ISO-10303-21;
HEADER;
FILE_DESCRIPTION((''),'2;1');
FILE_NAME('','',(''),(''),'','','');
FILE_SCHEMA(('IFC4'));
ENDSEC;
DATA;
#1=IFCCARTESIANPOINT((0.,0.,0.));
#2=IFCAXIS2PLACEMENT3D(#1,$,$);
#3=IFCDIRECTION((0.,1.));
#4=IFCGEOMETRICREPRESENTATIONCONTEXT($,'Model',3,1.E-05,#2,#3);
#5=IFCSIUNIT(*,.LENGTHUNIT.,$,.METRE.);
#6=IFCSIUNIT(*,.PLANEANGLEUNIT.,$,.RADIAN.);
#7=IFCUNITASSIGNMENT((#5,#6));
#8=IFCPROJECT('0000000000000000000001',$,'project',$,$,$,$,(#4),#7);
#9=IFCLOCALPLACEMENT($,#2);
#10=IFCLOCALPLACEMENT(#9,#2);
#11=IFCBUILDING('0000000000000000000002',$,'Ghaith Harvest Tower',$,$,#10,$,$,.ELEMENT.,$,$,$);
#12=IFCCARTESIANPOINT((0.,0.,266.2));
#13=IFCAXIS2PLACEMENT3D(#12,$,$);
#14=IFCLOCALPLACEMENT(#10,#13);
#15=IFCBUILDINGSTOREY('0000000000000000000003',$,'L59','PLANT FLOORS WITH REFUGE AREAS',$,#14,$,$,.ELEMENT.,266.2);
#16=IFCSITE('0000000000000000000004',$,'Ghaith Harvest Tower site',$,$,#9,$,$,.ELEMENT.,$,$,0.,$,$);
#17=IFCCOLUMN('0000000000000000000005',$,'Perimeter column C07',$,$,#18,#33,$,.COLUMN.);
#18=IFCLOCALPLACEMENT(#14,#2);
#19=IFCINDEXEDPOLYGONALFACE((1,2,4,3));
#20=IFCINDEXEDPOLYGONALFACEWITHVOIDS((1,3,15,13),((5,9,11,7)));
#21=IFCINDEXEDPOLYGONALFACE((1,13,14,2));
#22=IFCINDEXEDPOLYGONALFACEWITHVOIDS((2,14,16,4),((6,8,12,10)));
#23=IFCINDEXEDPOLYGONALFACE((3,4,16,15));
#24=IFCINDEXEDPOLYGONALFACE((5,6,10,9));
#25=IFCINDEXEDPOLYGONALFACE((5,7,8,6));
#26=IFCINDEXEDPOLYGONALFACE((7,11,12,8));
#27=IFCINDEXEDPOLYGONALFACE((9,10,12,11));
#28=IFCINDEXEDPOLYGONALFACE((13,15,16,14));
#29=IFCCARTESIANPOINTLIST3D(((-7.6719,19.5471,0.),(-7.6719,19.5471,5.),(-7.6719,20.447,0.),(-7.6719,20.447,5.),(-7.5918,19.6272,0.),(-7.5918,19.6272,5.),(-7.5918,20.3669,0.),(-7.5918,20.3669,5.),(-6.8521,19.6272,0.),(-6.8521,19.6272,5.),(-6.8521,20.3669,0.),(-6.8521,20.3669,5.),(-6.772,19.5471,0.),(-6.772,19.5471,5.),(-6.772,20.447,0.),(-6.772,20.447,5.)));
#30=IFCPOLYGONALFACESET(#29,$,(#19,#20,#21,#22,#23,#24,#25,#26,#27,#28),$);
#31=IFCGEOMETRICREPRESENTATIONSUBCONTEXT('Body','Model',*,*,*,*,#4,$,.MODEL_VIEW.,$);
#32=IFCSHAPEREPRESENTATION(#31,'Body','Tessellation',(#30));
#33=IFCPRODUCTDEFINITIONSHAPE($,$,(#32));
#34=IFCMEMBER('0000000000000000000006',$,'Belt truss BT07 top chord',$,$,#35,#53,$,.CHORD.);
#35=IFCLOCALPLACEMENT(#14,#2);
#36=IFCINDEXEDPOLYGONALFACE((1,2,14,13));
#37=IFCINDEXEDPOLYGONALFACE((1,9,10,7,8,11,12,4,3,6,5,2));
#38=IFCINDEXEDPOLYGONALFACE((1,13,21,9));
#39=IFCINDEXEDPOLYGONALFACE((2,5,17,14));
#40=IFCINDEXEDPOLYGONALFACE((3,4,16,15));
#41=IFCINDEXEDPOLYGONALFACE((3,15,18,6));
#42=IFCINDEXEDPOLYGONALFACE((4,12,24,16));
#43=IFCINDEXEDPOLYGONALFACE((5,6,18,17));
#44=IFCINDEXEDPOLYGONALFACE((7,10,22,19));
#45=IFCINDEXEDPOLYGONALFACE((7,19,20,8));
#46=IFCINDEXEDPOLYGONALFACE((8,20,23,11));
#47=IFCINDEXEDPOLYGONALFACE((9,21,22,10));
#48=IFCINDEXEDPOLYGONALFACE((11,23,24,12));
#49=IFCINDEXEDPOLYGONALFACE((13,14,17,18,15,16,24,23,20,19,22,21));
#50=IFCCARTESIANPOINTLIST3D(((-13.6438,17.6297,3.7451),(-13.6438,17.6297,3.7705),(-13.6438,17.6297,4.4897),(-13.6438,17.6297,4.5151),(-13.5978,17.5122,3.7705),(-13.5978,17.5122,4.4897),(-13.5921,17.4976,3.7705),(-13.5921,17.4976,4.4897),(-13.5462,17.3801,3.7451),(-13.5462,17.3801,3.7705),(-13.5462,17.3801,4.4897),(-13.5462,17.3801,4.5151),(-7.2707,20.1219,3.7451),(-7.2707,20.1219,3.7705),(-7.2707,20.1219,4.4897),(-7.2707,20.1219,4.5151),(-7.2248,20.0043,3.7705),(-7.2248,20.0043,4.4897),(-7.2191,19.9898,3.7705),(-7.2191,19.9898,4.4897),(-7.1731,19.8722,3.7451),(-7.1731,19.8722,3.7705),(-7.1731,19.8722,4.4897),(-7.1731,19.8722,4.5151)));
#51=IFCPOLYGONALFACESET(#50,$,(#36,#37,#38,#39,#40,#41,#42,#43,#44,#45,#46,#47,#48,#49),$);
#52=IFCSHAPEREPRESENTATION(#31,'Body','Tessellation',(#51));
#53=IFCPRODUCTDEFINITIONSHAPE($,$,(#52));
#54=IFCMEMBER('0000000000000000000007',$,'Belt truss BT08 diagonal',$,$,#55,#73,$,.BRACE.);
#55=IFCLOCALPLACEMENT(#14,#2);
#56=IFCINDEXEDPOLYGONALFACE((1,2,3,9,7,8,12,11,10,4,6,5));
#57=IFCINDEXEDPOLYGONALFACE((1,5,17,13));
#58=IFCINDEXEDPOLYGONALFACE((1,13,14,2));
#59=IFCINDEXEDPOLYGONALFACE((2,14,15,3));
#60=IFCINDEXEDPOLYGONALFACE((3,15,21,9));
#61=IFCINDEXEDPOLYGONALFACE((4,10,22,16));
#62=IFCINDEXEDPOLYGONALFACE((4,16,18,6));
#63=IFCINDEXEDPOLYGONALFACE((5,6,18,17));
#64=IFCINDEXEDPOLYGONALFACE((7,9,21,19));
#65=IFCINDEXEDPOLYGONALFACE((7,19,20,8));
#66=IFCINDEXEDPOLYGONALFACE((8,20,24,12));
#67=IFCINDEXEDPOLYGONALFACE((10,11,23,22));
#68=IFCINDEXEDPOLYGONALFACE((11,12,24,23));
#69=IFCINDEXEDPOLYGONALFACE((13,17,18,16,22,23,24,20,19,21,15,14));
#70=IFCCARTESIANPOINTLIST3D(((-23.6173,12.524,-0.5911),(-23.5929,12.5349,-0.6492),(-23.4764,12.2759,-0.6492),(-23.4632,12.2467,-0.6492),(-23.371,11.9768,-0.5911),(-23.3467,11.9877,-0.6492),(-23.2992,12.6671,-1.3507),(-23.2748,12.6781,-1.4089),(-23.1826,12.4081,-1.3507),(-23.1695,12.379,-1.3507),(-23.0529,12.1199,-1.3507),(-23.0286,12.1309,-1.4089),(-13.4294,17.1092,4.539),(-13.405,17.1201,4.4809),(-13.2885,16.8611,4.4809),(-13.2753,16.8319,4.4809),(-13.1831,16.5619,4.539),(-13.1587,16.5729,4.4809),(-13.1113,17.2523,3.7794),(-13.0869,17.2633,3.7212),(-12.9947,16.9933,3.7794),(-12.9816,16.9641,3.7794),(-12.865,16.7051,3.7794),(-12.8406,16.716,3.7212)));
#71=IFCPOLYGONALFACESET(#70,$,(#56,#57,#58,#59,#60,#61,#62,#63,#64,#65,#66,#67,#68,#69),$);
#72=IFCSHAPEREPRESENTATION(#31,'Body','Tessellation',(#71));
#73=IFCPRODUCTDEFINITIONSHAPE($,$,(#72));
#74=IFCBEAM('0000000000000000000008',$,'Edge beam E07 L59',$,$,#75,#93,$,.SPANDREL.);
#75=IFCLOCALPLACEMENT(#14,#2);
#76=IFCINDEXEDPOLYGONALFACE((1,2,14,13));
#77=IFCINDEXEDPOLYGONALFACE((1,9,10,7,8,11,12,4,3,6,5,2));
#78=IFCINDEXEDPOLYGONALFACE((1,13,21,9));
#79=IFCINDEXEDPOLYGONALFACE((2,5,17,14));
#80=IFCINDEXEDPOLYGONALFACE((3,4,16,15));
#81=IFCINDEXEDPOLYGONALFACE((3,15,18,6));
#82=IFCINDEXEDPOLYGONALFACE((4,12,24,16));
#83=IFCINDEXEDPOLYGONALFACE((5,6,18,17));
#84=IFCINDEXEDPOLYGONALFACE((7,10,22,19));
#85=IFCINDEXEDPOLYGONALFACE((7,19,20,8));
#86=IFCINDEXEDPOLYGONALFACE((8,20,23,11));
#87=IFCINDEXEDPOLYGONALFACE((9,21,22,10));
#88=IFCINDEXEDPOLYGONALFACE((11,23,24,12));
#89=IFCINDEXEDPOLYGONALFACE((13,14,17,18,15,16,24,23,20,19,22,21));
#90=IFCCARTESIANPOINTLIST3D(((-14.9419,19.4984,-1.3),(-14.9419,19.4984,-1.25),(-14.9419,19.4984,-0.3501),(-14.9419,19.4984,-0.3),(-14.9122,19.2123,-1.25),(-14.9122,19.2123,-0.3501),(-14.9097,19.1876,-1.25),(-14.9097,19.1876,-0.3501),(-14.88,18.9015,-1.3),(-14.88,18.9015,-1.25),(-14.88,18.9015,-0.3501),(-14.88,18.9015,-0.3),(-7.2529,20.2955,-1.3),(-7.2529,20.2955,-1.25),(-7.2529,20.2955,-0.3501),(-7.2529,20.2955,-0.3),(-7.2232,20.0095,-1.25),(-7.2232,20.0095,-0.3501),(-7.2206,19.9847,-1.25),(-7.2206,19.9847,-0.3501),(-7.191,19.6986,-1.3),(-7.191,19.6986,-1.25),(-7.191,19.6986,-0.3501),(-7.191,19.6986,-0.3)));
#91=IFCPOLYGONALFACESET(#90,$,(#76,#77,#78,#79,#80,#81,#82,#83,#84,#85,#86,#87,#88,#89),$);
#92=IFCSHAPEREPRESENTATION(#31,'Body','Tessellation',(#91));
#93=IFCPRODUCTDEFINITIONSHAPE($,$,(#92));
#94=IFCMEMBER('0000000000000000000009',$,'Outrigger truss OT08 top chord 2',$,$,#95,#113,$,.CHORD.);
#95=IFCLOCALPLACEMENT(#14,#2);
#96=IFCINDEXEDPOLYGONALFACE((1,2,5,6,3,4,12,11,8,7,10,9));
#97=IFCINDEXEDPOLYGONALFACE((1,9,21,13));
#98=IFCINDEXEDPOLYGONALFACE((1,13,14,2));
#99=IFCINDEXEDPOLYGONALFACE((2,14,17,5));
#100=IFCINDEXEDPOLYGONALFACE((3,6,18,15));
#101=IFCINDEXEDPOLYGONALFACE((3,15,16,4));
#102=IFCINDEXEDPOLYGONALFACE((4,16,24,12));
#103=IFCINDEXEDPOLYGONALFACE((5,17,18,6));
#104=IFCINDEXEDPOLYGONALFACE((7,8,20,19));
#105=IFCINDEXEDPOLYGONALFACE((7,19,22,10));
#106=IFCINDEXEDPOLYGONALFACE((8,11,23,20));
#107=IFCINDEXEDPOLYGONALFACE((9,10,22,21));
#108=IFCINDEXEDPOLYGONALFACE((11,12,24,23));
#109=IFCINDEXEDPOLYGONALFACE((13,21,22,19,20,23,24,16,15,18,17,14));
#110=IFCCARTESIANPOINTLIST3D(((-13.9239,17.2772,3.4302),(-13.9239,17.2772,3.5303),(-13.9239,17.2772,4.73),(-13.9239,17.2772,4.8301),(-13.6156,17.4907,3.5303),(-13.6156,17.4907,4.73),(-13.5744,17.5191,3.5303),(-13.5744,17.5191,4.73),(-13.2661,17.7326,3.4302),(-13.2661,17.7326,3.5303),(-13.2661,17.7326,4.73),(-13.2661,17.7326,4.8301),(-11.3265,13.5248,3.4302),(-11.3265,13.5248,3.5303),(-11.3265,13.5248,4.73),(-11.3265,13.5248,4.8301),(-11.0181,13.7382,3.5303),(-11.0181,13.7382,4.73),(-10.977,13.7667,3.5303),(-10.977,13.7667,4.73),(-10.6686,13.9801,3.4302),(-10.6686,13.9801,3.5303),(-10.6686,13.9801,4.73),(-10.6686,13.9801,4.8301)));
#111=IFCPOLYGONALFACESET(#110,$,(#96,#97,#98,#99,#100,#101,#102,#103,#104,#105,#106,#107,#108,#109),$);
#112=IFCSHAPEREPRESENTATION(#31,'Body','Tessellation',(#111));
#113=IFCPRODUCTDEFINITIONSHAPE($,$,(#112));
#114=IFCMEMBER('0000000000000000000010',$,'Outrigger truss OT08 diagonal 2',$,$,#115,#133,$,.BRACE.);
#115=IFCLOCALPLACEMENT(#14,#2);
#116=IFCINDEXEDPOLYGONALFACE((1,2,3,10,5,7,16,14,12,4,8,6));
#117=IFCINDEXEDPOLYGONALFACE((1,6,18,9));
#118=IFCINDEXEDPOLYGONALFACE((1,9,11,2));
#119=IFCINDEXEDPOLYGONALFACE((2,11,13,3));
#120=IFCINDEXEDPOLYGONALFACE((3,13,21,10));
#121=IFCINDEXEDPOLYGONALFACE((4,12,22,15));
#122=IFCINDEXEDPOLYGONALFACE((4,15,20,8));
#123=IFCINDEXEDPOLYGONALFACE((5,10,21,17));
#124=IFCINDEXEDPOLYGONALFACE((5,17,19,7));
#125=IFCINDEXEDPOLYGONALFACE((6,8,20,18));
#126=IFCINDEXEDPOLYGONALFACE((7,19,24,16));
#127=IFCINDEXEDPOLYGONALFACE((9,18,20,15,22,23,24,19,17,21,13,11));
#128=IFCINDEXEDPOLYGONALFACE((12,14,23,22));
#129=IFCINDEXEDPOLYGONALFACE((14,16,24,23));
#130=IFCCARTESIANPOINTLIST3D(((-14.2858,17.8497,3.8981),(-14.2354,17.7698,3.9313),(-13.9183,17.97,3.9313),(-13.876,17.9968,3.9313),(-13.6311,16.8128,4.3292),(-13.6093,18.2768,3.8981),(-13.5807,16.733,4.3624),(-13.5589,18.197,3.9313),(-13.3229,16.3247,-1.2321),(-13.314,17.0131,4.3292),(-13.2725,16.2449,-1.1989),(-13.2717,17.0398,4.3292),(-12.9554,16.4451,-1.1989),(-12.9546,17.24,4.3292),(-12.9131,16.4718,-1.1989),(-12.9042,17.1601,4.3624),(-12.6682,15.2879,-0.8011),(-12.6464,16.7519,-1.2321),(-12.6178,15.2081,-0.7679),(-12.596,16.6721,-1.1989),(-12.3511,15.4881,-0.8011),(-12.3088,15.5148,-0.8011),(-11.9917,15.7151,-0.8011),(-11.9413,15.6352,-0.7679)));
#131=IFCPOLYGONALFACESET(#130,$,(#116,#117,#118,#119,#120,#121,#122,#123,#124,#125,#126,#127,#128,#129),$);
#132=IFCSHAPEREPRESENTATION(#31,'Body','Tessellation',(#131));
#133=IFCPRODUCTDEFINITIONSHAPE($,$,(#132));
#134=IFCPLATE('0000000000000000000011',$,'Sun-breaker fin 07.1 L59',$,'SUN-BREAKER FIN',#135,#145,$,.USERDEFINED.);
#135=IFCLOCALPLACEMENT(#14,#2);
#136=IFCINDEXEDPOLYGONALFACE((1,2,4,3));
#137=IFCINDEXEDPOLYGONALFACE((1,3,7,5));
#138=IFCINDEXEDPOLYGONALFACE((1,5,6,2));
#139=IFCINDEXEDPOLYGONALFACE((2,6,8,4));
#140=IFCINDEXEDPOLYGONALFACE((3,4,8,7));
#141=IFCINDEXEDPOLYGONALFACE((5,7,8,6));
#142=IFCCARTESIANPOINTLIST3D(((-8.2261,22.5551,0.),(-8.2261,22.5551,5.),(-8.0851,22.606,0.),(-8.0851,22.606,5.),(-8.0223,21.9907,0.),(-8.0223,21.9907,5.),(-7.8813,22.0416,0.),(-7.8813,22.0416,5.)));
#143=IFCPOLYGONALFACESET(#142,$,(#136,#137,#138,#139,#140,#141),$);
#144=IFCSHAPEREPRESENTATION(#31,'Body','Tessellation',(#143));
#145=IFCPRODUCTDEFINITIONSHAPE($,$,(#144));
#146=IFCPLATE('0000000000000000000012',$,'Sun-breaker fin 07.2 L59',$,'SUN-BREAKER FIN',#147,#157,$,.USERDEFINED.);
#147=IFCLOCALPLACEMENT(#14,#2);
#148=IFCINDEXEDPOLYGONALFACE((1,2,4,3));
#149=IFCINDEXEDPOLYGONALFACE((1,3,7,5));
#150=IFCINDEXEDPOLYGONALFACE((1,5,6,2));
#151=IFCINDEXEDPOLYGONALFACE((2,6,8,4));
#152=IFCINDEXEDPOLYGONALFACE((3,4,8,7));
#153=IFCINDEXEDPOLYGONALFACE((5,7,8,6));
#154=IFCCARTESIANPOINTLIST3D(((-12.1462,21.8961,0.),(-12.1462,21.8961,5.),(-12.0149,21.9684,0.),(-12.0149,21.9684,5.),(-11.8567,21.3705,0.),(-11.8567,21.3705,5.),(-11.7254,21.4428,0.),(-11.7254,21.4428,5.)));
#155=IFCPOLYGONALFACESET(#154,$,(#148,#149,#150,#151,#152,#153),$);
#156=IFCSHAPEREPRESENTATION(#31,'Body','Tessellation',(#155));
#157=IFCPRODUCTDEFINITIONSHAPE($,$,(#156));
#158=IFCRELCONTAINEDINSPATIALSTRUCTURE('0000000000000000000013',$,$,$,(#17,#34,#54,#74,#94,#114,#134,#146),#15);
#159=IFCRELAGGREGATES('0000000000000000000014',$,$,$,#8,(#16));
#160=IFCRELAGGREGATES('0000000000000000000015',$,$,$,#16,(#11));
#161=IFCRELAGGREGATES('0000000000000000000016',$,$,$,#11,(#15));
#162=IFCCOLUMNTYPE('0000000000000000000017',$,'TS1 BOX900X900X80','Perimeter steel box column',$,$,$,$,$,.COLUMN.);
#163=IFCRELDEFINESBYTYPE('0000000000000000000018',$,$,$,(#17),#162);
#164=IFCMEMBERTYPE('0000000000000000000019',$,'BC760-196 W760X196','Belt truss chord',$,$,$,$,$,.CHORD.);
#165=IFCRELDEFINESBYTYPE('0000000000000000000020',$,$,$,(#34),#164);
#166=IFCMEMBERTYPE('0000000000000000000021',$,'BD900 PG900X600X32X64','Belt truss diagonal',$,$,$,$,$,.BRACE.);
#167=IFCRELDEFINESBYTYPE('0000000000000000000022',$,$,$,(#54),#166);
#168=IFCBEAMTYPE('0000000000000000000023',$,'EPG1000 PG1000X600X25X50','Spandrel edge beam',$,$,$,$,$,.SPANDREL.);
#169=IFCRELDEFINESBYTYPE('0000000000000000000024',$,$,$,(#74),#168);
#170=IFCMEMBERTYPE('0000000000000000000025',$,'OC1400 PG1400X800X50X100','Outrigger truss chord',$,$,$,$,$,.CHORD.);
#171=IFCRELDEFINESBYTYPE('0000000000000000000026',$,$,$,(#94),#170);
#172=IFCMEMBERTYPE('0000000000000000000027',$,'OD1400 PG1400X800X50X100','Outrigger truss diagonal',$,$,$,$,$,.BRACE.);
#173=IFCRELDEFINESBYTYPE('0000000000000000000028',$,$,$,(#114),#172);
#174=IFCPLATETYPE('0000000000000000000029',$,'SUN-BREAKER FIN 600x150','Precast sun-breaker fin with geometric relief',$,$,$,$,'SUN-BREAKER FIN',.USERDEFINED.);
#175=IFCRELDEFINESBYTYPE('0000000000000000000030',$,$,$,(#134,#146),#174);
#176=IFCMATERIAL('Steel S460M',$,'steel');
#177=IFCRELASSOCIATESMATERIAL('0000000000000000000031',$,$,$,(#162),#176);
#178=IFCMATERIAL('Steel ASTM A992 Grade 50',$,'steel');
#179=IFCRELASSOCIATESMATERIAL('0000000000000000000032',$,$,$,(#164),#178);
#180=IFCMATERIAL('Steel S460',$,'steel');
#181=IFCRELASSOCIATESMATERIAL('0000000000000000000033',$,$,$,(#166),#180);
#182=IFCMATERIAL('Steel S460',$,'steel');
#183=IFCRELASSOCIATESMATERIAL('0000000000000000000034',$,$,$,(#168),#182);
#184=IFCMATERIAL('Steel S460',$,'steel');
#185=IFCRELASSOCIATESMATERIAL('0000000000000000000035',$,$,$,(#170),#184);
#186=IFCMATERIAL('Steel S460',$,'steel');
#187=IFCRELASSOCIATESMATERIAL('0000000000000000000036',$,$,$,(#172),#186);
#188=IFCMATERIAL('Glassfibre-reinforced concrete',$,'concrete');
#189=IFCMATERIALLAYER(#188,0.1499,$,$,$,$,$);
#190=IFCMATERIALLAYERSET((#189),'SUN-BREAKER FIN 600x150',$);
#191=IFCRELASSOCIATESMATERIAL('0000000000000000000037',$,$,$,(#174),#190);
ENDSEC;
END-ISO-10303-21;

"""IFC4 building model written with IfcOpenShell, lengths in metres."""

from ifc_helpers import new_model, si_unit, direction, frame, origin, origin_2d, place, context, subcontext, project, spatial, rectangle, hollow_rectangle, i_section, extrude, material, layer, layer_set, material_profile, profile_set, type_object, element, save


model = new_model("IFC4")

# Units and contexts
model_context = context("Model", 3, precision=1e-05, world=origin(), true_north=direction((0.0, 1.0)))
body_context = subcontext(model_context, "Body", "Model", "MODEL_VIEW")
ifc_project = project(units=[si_unit("LENGTHUNIT", "METRE"), si_unit("PLANEANGLEUNIT", "RADIAN")], contexts=[model_context])

# Site, building, storey
site_placement = place(None, origin())
site = spatial("IfcSite", under=ifc_project, at=site_placement, Name="Ghaith Harvest Tower site", CompositionType="ELEMENT", RefElevation=0.0)
building_placement = place(site_placement, origin())
building = spatial("IfcBuilding", under=site, at=building_placement, Name="Ghaith Harvest Tower", CompositionType="ELEMENT")
storey_placement = place(building_placement, frame((0.0, 0.0, 266.2)))
storey = spatial("IfcBuildingStorey", under=building, at=storey_placement, Name="L59", Description="PLANT FLOORS WITH REFUGE AREAS", CompositionType="ELEMENT", Elevation=266.2)

# Column
ifc_material_1 = material(Name="Steel S460M", Category="steel")
ifc_material_profile_1 = material_profile(ifc_material_1, hollow_rectangle(XDim=0.8999, YDim=0.8999, WallThickness=0.0801, at=origin_2d()), Name="BOX900X900X80")
ifc_profile_set_1 = profile_set([ifc_material_profile_1], Name="Steel S460M")
column_type = type_object("IfcColumnType", Name="TS1 BOX900X900X80", Description="Perimeter steel box column", PredefinedType="COLUMN", material=ifc_profile_set_1)
column_placement = place(storey_placement, frame((-7.2219, 19.9971, 0.0), z_axis=(0.0, 0.0, 1.0), x_axis=(1.0, 0.0, 0.0)))
element("IfcColumn", 1, at=column_placement, inside=storey, type_object=column_type, Name="Perimeter column C07", PredefinedType="COLUMN", context=body_context, shape_type="SweptSolid", body=[
    extrude(hollow_rectangle(XDim=0.8999, YDim=0.8999, WallThickness=0.0801, at=origin_2d()), origin(), (0.0, 0.0, 1.0), 5.0),
])

# Members
ifc_material_2 = material(Name="Steel ASTM A992 Grade 50", Category="steel")
ifc_material_profile_2 = material_profile(ifc_material_2, i_section(OverallWidth=0.2681, OverallDepth=0.77, WebThickness=0.0156, FlangeThickness=0.0254, at=origin_2d()), Name="W760X196")
ifc_profile_set_2 = profile_set([ifc_material_profile_2], Name="Steel ASTM A992 Grade 50")
member_type_1 = type_object("IfcMemberType", Name="BC760-196 W760X196", Description="Belt truss chord", PredefinedType="CHORD", material=ifc_profile_set_2)
member_1_placement = place(storey_placement, frame((-7.2219, 19.9971, 4.1301), z_axis=(-0.931323, -0.364195, 0.0), x_axis=(0.364195, -0.931323, 0.0)))
element("IfcMember", 2, at=member_1_placement, inside=storey, type_object=member_type_1, Name="Belt truss BT07 top chord", PredefinedType="CHORD", context=body_context, shape_type="SweptSolid", body=[
    extrude(i_section(OverallWidth=0.2681, OverallDepth=0.77, WebThickness=0.0156, FlangeThickness=0.0254, at=origin_2d()), origin(), (0.0, 0.0, 1.0), 6.843),
])
ifc_material_3 = material(Name="Steel S460", Category="steel")
ifc_material_profile_3 = material_profile(ifc_material_3, i_section(OverallWidth=0.6001, OverallDepth=0.8999, WebThickness=0.032, FlangeThickness=0.064, at=origin_2d()), Name="PG900X600X32X64")
ifc_profile_set_3 = profile_set([ifc_material_profile_3], Name="Steel S460")
member_type_2 = type_object("IfcMemberType", Name="BD900 PG900X600X32X64", Description="Belt truss diagonal", PredefinedType="BRACE", material=ifc_profile_set_3)
member_2_placement = place(storey_placement, frame((-13.135, 16.9126, 4.1301), z_axis=(-0.82871, -0.372969, -0.417294), x_axis=(0.41041, -0.911901, 0.0)))
element("IfcMember", 3, at=member_2_placement, inside=storey, type_object=member_type_2, Name="Belt truss BT08 diagonal", PredefinedType="BRACE", context=body_context, shape_type="SweptSolid", body=[
    extrude(i_section(OverallWidth=0.6001, OverallDepth=0.8999, WebThickness=0.032, FlangeThickness=0.064, at=origin_2d()), origin(), (0.0, 0.0, 1.0), 12.2937),
])

# Beam
ifc_material_4 = material(Name="Steel S460", Category="steel")
ifc_material_profile_4 = material_profile(ifc_material_4, i_section(OverallWidth=0.6001, OverallDepth=1.0, WebThickness=0.0249, FlangeThickness=0.05, at=origin_2d()), Name="PG1000X600X25X50")
ifc_profile_set_4 = profile_set([ifc_material_profile_4], Name="Steel S460")
beam_type = type_object("IfcBeamType", Name="EPG1000 PG1000X600X25X50", Description="Spandrel edge beam", PredefinedType="SPANDREL", material=ifc_profile_set_4)
beam_placement = place(storey_placement, frame((-7.2219, 19.9971, -0.8), z_axis=(-0.994669, -0.103118, 0.0), x_axis=(0.103118, -0.994669, 0.0)))
element("IfcBeam", 4, at=beam_placement, inside=storey, type_object=beam_type, Name="Edge beam E07 L59", PredefinedType="SPANDREL", context=body_context, shape_type="SweptSolid", body=[
    extrude(i_section(OverallWidth=0.6001, OverallDepth=1.0, WebThickness=0.0249, FlangeThickness=0.05, at=origin_2d()), origin(), (0.0, 0.0, 1.0), 7.7302),
])

# Members
ifc_material_5 = material(Name="Steel S460", Category="steel")
ifc_material_profile_5 = material_profile(ifc_material_5, i_section(OverallWidth=0.8, OverallDepth=1.3999, WebThickness=0.05, FlangeThickness=0.1001, at=origin_2d()), Name="PG1400X800X50X100")
ifc_profile_set_5 = profile_set([ifc_material_profile_5], Name="Steel S460")
member_type_3 = type_object("IfcMemberType", Name="OC1400 PG1400X800X50X100", Description="Outrigger truss chord", PredefinedType="CHORD", material=ifc_profile_set_5)
member_3_placement = place(storey_placement, frame((-10.9976, 13.7524, 4.1301), z_axis=(-0.569146, 0.822236, 0.0), x_axis=(-0.822236, -0.569146, 0.0)))
element("IfcMember", 5, at=member_3_placement, inside=storey, type_object=member_type_3, Name="Outrigger truss OT08 top chord 2", PredefinedType="CHORD", context=body_context, shape_type="SweptSolid", body=[
    extrude(i_section(OverallWidth=0.8, OverallDepth=1.3999, WebThickness=0.05, FlangeThickness=0.1001, at=origin_2d()), origin(), (0.0, 0.0, 1.0), 4.5637),
])
ifc_material_6 = material(Name="Steel S460", Category="steel")
ifc_material_profile_6 = material_profile(ifc_material_6, i_section(OverallWidth=0.8, OverallDepth=1.3999, WebThickness=0.05, FlangeThickness=0.1001, at=origin_2d()), Name="PG1400X800X50X100")
ifc_profile_set_6 = profile_set([ifc_material_profile_6], Name="Steel S460")
member_type_4 = type_object("IfcMemberType", Name="OD1400 PG1400X800X50X100", Description="Outrigger truss diagonal", PredefinedType="BRACE", material=ifc_profile_set_6)
member_4_placement = place(storey_placement, frame((-12.6321, 15.98, -1.0), z_axis=(-0.177071, 0.280422, 0.943403), x_axis=(-0.84554, -0.533911, 0.0)))
element("IfcMember", 6, at=member_4_placement, inside=storey, type_object=member_type_4, Name="Outrigger truss OT08 diagonal 2", PredefinedType="BRACE", context=body_context, shape_type="SweptSolid", body=[
    extrude(i_section(OverallWidth=0.8, OverallDepth=1.3999, WebThickness=0.05, FlangeThickness=0.1001, at=origin_2d()), origin(), (0.0, 0.0, 1.0), 5.438),
])

# Plates
ifc_material_7 = material(Name="Glassfibre-reinforced concrete", Category="concrete")
ifc_layer_1 = layer(ifc_material_7, 0.1499)
ifc_layer_set_1 = layer_set([ifc_layer_1], Name="SUN-BREAKER FIN 600x150")
plate_type = type_object("IfcPlateType", Name="SUN-BREAKER FIN 600x150", Description="Precast sun-breaker fin with geometric relief", ElementType="SUN-BREAKER FIN", PredefinedType="USERDEFINED", material=ifc_layer_set_1)
for number, where, z_axis, x_axis, name in (
    (7, (-8.0537, 22.2983, 0.0), (0.0, 0.0, 1.0), (-0.339699, 0.940534, 0.0), "Sun-breaker fin 07.1 L59"),
    (8, (-11.9358, 21.6694, 0.0), (0.0, 0.0, 1.0), (-0.482462, 0.875917, 0.0), "Sun-breaker fin 07.2 L59"),
):
    element("IfcPlate", number, at=place(storey_placement, frame(where, z_axis=z_axis, x_axis=x_axis)), inside=storey, type_object=plate_type, Name=name, ObjectType="SUN-BREAKER FIN", PredefinedType="USERDEFINED", context=body_context, shape_type="SweptSolid", body=[
        extrude(rectangle(XDim=0.6001, YDim=0.1499, at=origin_2d()), origin(), (0.0, 0.0, 1.0), 5.0),
    ])

save(model, "model.ifc")
